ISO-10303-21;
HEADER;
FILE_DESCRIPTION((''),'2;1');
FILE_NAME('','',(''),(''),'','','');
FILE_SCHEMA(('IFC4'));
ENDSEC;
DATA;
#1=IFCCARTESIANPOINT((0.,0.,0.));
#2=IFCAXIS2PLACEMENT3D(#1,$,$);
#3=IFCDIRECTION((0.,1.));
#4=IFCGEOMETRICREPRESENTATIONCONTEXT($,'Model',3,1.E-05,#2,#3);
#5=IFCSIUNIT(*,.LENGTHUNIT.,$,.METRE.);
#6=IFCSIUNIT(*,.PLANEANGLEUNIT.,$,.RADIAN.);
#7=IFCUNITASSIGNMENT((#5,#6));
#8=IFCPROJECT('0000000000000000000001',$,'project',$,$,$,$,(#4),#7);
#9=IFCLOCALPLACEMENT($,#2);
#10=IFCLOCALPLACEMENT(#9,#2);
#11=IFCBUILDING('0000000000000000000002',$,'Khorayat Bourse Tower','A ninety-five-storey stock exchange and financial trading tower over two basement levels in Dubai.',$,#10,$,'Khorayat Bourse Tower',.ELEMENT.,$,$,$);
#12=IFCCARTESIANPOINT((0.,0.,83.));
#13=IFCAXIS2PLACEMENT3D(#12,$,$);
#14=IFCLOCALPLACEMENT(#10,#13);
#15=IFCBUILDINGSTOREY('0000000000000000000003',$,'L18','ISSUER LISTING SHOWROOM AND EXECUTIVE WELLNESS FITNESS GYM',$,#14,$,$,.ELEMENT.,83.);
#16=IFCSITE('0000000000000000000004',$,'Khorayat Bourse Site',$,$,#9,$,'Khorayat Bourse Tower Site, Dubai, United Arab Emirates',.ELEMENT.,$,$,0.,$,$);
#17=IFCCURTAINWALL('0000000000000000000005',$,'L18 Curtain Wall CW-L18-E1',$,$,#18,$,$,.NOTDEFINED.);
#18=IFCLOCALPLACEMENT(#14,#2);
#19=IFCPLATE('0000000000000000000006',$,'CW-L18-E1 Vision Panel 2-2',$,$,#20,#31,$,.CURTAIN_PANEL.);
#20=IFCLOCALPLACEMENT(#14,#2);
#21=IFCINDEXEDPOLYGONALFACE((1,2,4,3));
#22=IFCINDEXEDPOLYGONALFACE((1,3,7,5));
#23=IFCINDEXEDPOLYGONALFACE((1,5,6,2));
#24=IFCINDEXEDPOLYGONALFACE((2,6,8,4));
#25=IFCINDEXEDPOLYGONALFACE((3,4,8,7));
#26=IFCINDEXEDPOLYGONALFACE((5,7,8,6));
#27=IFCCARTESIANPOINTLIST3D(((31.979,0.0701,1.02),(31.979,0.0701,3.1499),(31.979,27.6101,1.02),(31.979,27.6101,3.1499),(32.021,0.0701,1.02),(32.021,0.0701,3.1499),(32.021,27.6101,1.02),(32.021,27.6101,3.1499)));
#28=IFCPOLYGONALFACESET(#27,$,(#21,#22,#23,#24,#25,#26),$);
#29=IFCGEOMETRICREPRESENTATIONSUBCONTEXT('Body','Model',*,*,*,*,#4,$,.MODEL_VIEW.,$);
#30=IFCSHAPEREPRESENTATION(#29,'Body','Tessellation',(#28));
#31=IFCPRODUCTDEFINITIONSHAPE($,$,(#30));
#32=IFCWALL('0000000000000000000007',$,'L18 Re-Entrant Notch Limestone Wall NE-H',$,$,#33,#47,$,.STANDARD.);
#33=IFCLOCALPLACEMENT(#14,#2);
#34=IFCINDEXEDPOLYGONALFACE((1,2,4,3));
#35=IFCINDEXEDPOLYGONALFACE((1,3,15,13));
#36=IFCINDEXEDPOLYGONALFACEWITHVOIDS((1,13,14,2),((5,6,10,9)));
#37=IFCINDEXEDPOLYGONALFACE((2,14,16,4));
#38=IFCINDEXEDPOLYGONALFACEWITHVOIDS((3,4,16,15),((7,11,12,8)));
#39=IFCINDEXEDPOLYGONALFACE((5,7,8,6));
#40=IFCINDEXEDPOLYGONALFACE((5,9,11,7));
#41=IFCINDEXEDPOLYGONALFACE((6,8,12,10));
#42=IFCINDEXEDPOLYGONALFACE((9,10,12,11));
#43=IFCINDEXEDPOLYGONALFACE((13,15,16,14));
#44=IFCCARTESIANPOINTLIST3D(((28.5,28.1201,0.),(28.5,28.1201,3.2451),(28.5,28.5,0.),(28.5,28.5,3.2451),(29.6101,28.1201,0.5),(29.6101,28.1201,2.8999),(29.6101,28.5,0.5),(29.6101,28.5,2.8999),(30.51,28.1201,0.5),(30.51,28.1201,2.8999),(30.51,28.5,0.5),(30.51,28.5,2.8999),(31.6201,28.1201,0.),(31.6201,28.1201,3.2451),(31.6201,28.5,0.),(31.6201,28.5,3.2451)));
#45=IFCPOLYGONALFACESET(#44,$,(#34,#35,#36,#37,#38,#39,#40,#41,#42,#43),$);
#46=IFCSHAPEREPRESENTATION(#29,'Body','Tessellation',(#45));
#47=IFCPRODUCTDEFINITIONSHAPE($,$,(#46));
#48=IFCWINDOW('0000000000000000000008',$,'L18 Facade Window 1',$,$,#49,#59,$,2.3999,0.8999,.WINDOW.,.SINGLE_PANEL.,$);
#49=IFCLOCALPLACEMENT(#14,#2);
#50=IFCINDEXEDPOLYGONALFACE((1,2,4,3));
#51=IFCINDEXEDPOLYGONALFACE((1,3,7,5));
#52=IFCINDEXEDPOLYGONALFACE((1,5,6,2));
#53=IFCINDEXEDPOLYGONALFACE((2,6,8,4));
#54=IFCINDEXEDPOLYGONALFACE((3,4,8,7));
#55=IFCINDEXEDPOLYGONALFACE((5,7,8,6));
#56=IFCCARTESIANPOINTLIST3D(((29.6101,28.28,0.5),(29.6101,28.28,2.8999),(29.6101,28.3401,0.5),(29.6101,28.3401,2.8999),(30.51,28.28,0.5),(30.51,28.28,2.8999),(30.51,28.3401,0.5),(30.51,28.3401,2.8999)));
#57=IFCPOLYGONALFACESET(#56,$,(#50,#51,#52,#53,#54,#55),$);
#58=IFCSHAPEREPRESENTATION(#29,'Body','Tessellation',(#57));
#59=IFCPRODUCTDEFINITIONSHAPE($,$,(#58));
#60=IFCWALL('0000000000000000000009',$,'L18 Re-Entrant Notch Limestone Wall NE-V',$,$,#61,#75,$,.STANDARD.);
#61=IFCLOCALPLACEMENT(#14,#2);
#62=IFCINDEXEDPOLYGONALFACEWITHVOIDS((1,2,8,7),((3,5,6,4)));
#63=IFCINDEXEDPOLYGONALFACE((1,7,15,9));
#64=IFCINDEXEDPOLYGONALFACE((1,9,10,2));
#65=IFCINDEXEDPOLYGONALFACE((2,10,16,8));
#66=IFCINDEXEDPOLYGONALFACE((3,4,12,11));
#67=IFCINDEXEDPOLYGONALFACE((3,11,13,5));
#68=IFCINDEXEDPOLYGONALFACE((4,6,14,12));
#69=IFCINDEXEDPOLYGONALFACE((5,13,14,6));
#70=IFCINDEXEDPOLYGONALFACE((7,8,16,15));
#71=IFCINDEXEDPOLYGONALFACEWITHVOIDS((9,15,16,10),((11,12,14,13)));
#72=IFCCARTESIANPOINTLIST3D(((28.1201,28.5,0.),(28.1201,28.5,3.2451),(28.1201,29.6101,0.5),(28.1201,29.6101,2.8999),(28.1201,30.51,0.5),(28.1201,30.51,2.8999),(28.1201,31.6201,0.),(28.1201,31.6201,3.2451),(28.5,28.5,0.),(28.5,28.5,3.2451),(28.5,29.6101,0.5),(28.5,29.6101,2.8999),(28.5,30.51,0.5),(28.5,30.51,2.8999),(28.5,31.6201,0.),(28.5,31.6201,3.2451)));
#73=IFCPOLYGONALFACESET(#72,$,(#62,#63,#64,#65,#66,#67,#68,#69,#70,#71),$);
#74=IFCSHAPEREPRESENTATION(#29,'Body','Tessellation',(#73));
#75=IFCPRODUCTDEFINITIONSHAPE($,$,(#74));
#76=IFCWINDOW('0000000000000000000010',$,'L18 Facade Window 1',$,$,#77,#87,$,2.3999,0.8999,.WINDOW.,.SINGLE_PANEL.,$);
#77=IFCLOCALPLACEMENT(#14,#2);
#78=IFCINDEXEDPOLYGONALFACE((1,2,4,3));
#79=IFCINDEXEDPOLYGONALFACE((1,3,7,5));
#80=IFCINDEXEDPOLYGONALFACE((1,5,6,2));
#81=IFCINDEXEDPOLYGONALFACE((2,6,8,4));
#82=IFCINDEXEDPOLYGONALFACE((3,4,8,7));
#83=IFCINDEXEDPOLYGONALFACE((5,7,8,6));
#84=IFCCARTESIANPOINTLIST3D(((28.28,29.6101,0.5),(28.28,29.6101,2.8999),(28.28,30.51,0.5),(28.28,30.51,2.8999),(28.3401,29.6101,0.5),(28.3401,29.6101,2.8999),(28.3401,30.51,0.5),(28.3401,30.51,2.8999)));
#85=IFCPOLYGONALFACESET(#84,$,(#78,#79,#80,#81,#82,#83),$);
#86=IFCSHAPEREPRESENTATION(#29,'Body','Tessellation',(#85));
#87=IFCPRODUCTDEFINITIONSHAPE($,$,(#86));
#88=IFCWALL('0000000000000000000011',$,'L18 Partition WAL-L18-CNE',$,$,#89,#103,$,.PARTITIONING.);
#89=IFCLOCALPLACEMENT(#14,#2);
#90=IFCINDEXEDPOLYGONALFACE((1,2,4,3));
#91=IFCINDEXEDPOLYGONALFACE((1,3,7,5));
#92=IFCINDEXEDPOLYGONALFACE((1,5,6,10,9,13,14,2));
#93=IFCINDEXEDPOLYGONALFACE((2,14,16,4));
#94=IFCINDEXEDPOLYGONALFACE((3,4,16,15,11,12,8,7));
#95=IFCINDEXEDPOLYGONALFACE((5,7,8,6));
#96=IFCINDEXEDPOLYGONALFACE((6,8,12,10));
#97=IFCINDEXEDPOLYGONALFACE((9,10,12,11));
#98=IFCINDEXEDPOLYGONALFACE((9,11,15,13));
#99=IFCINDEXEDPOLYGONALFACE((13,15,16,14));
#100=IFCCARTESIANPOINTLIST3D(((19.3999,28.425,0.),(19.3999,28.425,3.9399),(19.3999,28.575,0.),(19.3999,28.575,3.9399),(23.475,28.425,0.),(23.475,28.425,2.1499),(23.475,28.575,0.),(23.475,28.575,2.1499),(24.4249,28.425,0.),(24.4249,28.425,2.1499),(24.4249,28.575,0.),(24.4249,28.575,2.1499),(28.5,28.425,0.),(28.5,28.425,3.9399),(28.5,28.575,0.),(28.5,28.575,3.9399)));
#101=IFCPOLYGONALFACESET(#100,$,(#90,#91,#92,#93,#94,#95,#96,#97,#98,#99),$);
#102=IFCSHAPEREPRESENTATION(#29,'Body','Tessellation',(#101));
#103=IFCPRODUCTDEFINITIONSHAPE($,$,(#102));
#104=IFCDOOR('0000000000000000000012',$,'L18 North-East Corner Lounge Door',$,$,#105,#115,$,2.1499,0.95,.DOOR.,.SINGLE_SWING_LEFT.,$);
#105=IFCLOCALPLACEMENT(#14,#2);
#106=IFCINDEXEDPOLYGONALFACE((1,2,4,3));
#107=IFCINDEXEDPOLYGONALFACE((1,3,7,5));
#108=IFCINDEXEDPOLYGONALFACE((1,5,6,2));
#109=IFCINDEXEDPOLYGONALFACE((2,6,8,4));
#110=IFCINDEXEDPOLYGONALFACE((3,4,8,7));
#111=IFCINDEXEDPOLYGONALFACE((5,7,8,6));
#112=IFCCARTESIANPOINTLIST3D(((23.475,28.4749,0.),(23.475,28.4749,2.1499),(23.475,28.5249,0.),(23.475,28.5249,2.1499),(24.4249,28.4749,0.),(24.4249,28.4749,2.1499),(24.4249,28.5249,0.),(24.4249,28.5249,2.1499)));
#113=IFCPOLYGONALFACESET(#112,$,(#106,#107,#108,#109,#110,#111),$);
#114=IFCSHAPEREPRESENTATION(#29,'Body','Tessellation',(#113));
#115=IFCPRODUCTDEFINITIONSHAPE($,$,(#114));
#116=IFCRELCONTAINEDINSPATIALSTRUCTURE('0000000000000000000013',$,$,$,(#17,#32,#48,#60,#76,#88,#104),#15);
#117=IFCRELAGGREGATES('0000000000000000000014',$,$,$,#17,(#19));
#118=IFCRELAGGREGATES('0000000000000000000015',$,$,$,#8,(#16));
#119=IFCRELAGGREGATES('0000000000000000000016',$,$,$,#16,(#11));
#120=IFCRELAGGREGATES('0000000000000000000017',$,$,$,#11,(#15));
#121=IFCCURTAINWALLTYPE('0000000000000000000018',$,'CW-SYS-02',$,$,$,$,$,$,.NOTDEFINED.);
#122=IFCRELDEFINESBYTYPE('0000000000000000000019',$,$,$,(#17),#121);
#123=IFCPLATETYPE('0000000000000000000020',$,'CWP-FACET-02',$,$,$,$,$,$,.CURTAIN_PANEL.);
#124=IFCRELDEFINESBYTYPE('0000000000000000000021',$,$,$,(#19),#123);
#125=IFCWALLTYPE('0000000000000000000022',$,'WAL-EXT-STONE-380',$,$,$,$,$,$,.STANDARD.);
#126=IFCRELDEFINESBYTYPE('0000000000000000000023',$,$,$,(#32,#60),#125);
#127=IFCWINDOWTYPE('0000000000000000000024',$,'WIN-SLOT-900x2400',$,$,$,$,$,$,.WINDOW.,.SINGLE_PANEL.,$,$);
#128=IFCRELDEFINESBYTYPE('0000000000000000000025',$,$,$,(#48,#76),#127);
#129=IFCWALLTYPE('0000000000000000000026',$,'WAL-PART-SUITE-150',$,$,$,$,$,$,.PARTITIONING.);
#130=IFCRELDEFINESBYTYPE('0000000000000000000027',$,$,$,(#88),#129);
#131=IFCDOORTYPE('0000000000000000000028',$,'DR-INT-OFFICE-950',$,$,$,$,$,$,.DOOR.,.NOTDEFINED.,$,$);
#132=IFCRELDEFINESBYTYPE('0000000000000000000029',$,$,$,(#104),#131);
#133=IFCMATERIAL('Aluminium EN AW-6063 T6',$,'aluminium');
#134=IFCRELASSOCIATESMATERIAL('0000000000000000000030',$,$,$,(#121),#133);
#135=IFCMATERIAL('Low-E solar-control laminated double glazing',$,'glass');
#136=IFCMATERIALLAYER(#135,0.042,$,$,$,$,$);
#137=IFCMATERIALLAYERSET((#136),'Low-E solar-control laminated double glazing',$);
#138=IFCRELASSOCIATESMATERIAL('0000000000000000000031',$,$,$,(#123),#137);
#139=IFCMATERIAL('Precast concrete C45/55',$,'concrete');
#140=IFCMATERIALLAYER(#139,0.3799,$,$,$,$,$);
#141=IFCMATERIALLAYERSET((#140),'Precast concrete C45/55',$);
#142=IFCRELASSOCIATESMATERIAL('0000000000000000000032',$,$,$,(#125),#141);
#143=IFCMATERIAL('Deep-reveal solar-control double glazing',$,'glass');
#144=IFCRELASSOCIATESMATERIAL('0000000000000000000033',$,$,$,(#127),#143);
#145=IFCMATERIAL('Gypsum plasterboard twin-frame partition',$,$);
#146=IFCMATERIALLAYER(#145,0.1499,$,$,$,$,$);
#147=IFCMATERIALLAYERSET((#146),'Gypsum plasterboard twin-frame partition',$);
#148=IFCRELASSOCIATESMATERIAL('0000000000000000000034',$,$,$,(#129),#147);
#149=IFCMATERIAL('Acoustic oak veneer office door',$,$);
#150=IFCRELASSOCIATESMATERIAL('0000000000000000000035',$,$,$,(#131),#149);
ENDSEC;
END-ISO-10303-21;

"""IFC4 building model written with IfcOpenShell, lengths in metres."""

from ifc_helpers import new_model, si_unit, direction, frame, frame_2d, origin, origin_2d, place, context, subcontext, project, spatial, rectangle, extrude, source, transform, mapped, material, layer, layer_set, type_object, element, fill, aggregate, save


model = new_model("IFC4")

# Units and contexts
model_context = context("Model", 3, precision=1e-05, world=origin(), true_north=direction((0.0, 1.0)))
body_context = subcontext(model_context, "Body", "Model", "MODEL_VIEW")
ifc_project = project(units=[si_unit("LENGTHUNIT", "METRE"), si_unit("PLANEANGLEUNIT", "RADIAN")], contexts=[model_context])

# Site, building, storey
site_placement = place(None, origin())
site = spatial("IfcSite", under=ifc_project, at=site_placement, Name="Khorayat Bourse Site", LongName="Khorayat Bourse Tower Site, Dubai, United Arab Emirates", CompositionType="ELEMENT", RefElevation=0.0)
building_placement = place(site_placement, origin())
building = spatial("IfcBuilding", under=site, at=building_placement, Name="Khorayat Bourse Tower", Description="A ninety-five-storey stock exchange and financial trading tower over two basement levels in Dubai.", LongName="Khorayat Bourse Tower", CompositionType="ELEMENT")
storey_placement = place(building_placement, frame((0.0, 0.0, 83.0)))
storey = spatial("IfcBuildingStorey", under=building, at=storey_placement, Name="L18", Description="ISSUER LISTING SHOWROOM AND EXECUTIVE WELLNESS FITNESS GYM", CompositionType="ELEMENT", Elevation=83.0)

# Curtain wall
ifc_material_1 = material(Name="Aluminium EN AW-6063 T6", Category="aluminium")
curtain_wall_type = type_object("IfcCurtainWallType", Name="CW-SYS-02", PredefinedType="NOTDEFINED", material=ifc_material_1)
curtain_wall_1_placement = place(storey_placement, origin())
curtain_wall_1 = element("IfcCurtainWall", 1, at=curtain_wall_1_placement, inside=storey, type_object=curtain_wall_type, Name="L18 Curtain Wall CW-L18-E1", PredefinedType="NOTDEFINED")

# Plate
ifc_material_2 = material(Name="Low-E solar-control laminated double glazing", Category="glass")
ifc_layer_1 = layer(ifc_material_2, 0.042)
ifc_layer_set_1 = layer_set([ifc_layer_1], Name="Low-E solar-control laminated double glazing")
plate_type_1 = type_object("IfcPlateType", Name="CWP-FACET-02", PredefinedType="CURTAIN_PANEL", material=ifc_layer_set_1)
shared_shape_1 = source(origin(), body_context, "Body", "SweptSolid", [
    extrude(rectangle(XDim=27.54, YDim=0.042, at=origin_2d()), origin(), (0.0, 0.0, 1.0), 2.1299),
])
plate_1_placement = place(storey_placement, frame((32.0, 13.8401, 1.02), z_axis=(0.0, 0.0, 1.0), x_axis=(0.0, 1.0, 0.0)))
plate_1 = element("IfcPlate", 2, at=plate_1_placement, type_object=plate_type_1, Name="CW-L18-E1 Vision Panel 2-2", PredefinedType="CURTAIN_PANEL", context=body_context, shape_type="MappedRepresentation", body=[
    mapped(shared_shape_1, transform((0.0, 0.0, 0.0), scale=1.0)),
])
aggregate(curtain_wall_1, [plate_1])

# Walls, openings, windows
ifc_material_3 = material(Name="Precast concrete C45/55", Category="concrete")
ifc_layer_2 = layer(ifc_material_3, 0.3799)
ifc_layer_set_2 = layer_set([ifc_layer_2], Name="Precast concrete C45/55")
wall_type_1 = type_object("IfcWallType", Name="WAL-EXT-STONE-380", PredefinedType="STANDARD", material=ifc_layer_set_2)
shared_shape_2 = source(origin(), body_context, "Body", "SweptSolid", [
    extrude(rectangle(XDim=3.1201, YDim=0.3799, at=frame_2d((1.5601, 0.0))), origin(), (0.0, 0.0, 1.0), 3.2451),
])
wall_1_placement = place(storey_placement, frame((28.5, 28.3101, 0.0), z_axis=(0.0, 0.0, 1.0), x_axis=(1.0, 0.0, 0.0)))
wall_1 = element("IfcWall", 3, at=wall_1_placement, inside=storey, type_object=wall_type_1, Name="L18 Re-Entrant Notch Limestone Wall NE-H", PredefinedType="STANDARD", context=body_context, shape_type="MappedRepresentation", body=[
    mapped(shared_shape_2, transform((0.0, 0.0, 0.0), scale=1.0)),
])
shared_shape_3 = source(origin(), body_context, "Body", "SweptSolid", [
    extrude(rectangle(XDim=0.8999, YDim=2.3999, at=frame_2d((0.45, 1.2))), frame((0.0, 0.2, 0.0), z_axis=(0.0, -1.0, 0.0), x_axis=(1.0, 0.0, 0.0)), (0.0, 0.0, 1.0), 0.3999),
])
opening_1_placement = place(wall_1_placement, frame((1.1101, 0.0, 0.5)))
opening_1 = element("IfcOpeningElement", 4, at=opening_1_placement, cuts=wall_1, PredefinedType="OPENING", context=body_context, shape_type="MappedRepresentation", body=[
    mapped(shared_shape_3, transform((0.0, 0.0, 0.0), scale=1.0)),
])
ifc_material_4 = material(Name="Deep-reveal solar-control double glazing", Category="glass")
window_type = type_object("IfcWindowType", Name="WIN-SLOT-900x2400", PartitioningType="SINGLE_PANEL", PredefinedType="WINDOW", material=ifc_material_4)
shared_shape_4 = source(origin(), body_context, "Body", "SweptSolid", [
    extrude(rectangle(XDim=0.8999, YDim=2.3999, at=frame_2d((0.45, 1.2))), frame((0.0, 0.03, 0.0), z_axis=(0.0, -1.0, 0.0), x_axis=(1.0, 0.0, 0.0)), (0.0, 0.0, 1.0), 0.0601),
])
window_1_placement = place(opening_1_placement, origin())
window_1 = element("IfcWindow", 5, at=window_1_placement, inside=storey, type_object=window_type, Name="L18 Facade Window 1", OverallHeight=2.3999, OverallWidth=0.8999, PartitioningType="SINGLE_PANEL", PredefinedType="WINDOW", context=body_context, shape_type="MappedRepresentation", body=[
    mapped(shared_shape_4, transform((0.0, 0.0, 0.0), scale=1.0)),
])
fill(opening_1, window_1)
wall_2_placement = place(storey_placement, frame((28.3101, 28.5, 0.0), z_axis=(0.0, 0.0, 1.0), x_axis=(0.0, 1.0, 0.0)))
wall_2 = element("IfcWall", 6, at=wall_2_placement, inside=storey, type_object=wall_type_1, Name="L18 Re-Entrant Notch Limestone Wall NE-V", PredefinedType="STANDARD", context=body_context, shape_type="MappedRepresentation", body=[
    mapped(shared_shape_2, transform((0.0, 0.0, 0.0), scale=1.0)),
])
opening_2_placement = place(wall_2_placement, frame((1.1101, 0.0, 0.5)))
opening_2 = element("IfcOpeningElement", 7, at=opening_2_placement, cuts=wall_2, PredefinedType="OPENING", context=body_context, shape_type="MappedRepresentation", body=[
    mapped(shared_shape_3, transform((0.0, 0.0, 0.0), scale=1.0)),
])
window_2_placement = place(opening_2_placement, origin())
window_2 = element("IfcWindow", 8, at=window_2_placement, inside=storey, type_object=window_type, Name="L18 Facade Window 1", OverallHeight=2.3999, OverallWidth=0.8999, PartitioningType="SINGLE_PANEL", PredefinedType="WINDOW", context=body_context, shape_type="MappedRepresentation", body=[
    mapped(shared_shape_4, transform((0.0, 0.0, 0.0), scale=1.0)),
])
fill(opening_2, window_2)

# Wall, opening, door
ifc_material_5 = material(Name="Gypsum plasterboard twin-frame partition")
ifc_layer_3 = layer(ifc_material_5, 0.1499)
ifc_layer_set_3 = layer_set([ifc_layer_3], Name="Gypsum plasterboard twin-frame partition")
wall_type_2 = type_object("IfcWallType", Name="WAL-PART-SUITE-150", PredefinedType="PARTITIONING", material=ifc_layer_set_3)
shared_shape_5 = source(origin(), body_context, "Body", "SweptSolid", [
    extrude(rectangle(XDim=9.1001, YDim=0.1499, at=frame_2d((4.55, 0.0))), origin(), (0.0, 0.0, 1.0), 3.9399),
])
wall_3_placement = place(storey_placement, frame((19.3999, 28.5, 0.0), z_axis=(0.0, 0.0, 1.0), x_axis=(1.0, 0.0, 0.0)))
wall_3 = element("IfcWall", 9, at=wall_3_placement, inside=storey, type_object=wall_type_2, Name="L18 Partition WAL-L18-CNE", PredefinedType="PARTITIONING", context=body_context, shape_type="MappedRepresentation", body=[
    mapped(shared_shape_5, transform((0.0, 0.0, 0.0), scale=1.0)),
])
shared_shape_6 = source(origin(), body_context, "Body", "SweptSolid", [
    extrude(rectangle(XDim=0.95, YDim=2.1499, at=frame_2d((0.4751, 1.075))), frame((0.0, 0.085, 0.0), z_axis=(0.0, -1.0, 0.0), x_axis=(1.0, 0.0, 0.0)), (0.0, 0.0, 1.0), 0.1699),
])
opening_3_placement = place(wall_3_placement, frame((4.075, 0.0, 0.0)))
opening_3 = element("IfcOpeningElement", 10, at=opening_3_placement, cuts=wall_3, PredefinedType="OPENING", context=body_context, shape_type="MappedRepresentation", body=[
    mapped(shared_shape_6, transform((0.0, 0.0, 0.0), scale=1.0)),
])
ifc_material_6 = material(Name="Acoustic oak veneer office door")
door_type = type_object("IfcDoorType", Name="DR-INT-OFFICE-950", OperationType="NOTDEFINED", PredefinedType="DOOR", material=ifc_material_6)
shared_shape_7 = source(origin(), body_context, "Body", "SweptSolid", [
    extrude(rectangle(XDim=0.95, YDim=2.1499, at=frame_2d((0.4751, 1.075))), frame((0.0, 0.0249, 0.0), z_axis=(0.0, -1.0, 0.0), x_axis=(1.0, 0.0, 0.0)), (0.0, 0.0, 1.0), 0.05),
])
door_placement = place(opening_3_placement, origin())
door = element("IfcDoor", 11, at=door_placement, inside=storey, type_object=door_type, Name="L18 North-East Corner Lounge Door", OperationType="SINGLE_SWING_LEFT", OverallHeight=2.1499, OverallWidth=0.95, PredefinedType="DOOR", context=body_context, shape_type="MappedRepresentation", body=[
    mapped(shared_shape_7, transform((0.0, 0.0, 0.0), scale=1.0)),
])
fill(opening_3, door)

save(model, "model.ifc")
